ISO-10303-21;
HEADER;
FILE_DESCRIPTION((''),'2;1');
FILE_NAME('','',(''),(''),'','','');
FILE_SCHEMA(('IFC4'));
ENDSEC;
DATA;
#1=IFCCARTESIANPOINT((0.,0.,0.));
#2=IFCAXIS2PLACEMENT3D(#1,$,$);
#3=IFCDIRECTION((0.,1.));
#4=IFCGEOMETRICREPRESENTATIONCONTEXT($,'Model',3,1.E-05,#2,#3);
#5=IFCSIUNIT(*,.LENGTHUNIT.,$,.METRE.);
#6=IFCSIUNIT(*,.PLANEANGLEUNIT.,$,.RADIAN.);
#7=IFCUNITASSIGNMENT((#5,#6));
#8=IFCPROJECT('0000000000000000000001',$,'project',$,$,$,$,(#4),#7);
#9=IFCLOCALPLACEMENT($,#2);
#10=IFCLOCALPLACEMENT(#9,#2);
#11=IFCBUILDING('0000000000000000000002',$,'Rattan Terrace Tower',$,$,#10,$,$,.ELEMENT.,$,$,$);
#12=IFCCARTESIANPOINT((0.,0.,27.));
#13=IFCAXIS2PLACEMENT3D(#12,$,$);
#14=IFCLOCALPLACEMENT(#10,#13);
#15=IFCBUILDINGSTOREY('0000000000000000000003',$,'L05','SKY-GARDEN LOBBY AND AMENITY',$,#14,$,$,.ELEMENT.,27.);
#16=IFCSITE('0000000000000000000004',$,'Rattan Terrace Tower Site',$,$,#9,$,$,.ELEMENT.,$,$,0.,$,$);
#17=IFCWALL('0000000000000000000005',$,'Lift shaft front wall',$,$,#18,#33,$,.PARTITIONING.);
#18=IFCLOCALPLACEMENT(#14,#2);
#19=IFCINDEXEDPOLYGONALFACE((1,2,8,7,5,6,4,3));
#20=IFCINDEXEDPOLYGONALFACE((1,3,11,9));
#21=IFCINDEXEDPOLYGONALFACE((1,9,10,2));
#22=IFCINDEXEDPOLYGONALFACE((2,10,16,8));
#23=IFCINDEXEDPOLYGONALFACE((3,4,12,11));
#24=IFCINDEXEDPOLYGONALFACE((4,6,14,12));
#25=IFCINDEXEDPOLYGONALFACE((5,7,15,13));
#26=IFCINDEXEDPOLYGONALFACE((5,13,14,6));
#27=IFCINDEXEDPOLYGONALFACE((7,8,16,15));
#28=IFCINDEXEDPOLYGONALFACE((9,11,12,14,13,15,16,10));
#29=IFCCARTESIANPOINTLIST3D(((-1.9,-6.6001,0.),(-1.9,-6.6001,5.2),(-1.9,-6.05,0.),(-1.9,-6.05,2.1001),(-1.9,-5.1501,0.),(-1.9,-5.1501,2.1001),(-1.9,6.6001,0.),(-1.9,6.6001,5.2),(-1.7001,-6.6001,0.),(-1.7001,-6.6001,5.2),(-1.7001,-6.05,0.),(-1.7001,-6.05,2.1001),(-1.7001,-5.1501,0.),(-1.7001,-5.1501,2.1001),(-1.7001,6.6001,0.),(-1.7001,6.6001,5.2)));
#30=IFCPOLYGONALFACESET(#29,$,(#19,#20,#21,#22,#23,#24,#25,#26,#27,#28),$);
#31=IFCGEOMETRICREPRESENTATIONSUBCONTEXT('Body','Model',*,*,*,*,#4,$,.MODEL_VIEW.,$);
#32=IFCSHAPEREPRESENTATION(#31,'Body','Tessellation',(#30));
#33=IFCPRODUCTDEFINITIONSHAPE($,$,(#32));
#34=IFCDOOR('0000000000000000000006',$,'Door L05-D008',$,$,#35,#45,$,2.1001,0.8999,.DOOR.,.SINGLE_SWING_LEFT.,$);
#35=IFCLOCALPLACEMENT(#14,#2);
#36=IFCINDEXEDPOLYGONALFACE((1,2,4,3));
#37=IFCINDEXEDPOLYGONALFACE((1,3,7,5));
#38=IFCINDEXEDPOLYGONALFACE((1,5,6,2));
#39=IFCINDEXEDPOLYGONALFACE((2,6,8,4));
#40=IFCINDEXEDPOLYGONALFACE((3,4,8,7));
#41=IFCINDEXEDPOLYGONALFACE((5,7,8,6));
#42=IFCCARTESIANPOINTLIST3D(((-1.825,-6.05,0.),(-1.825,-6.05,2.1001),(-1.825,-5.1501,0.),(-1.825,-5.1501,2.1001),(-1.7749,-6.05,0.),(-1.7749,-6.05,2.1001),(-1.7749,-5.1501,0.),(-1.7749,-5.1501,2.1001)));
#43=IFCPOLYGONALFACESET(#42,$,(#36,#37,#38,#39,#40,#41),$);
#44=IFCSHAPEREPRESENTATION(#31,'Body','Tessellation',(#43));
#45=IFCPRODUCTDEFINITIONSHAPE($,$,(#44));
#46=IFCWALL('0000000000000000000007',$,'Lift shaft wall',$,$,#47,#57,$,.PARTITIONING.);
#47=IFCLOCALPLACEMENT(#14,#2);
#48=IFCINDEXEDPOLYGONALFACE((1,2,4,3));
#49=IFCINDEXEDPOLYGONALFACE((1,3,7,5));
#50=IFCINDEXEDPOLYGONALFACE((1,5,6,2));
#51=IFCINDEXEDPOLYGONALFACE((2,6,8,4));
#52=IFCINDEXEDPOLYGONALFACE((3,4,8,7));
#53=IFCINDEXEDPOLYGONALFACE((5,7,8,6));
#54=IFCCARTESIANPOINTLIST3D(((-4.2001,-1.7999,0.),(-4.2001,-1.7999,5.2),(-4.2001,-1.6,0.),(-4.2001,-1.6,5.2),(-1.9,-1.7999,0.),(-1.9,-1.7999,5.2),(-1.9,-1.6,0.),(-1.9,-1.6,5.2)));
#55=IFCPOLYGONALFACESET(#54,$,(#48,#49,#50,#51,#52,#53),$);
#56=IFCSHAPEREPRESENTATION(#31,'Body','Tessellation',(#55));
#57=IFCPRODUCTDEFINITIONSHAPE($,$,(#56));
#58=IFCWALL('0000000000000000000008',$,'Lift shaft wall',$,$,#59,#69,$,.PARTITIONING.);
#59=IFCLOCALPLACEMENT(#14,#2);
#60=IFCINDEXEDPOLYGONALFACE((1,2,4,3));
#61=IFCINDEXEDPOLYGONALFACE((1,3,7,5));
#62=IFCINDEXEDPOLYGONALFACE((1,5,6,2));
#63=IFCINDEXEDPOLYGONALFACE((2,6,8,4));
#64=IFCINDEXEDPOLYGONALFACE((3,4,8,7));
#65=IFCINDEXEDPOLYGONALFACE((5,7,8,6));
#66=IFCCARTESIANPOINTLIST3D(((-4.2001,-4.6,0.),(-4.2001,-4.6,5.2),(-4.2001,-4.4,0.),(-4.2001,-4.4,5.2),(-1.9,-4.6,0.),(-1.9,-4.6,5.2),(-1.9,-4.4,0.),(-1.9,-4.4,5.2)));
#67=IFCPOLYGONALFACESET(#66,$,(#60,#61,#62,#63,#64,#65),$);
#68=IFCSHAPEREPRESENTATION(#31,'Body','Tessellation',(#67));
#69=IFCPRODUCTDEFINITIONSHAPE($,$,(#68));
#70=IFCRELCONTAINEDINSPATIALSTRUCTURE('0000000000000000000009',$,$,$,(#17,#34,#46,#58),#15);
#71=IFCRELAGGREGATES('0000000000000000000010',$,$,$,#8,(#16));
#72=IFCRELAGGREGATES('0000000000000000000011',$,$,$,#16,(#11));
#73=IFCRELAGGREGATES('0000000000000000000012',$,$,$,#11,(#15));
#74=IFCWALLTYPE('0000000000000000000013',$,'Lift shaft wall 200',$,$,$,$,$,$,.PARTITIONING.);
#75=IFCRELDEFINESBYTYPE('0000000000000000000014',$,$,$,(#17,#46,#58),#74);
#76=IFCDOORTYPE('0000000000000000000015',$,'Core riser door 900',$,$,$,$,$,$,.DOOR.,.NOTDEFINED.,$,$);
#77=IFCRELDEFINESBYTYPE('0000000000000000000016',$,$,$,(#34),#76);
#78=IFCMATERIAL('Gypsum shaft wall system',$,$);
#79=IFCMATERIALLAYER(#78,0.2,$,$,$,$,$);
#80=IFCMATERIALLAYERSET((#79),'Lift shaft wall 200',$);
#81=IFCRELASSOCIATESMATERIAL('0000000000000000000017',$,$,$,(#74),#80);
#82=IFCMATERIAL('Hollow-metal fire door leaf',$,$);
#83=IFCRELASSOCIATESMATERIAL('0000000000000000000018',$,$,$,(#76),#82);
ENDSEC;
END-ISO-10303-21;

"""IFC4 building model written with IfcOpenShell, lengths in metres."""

from ifc_helpers import new_model, si_unit, direction, frame, frame_2d, origin, place, context, subcontext, project, spatial, rectangle, extrude, material, layer, layer_set, type_object, element, fill, save


model = new_model("IFC4")

# Units and contexts
model_context = context("Model", 3, precision=1e-05, world=origin(), true_north=direction((0.0, 1.0)))
body_context = subcontext(model_context, "Body", "Model", "MODEL_VIEW")
ifc_project = project(units=[si_unit("LENGTHUNIT", "METRE"), si_unit("PLANEANGLEUNIT", "RADIAN")], contexts=[model_context])

# Site, building, storey
site_placement = place(None, origin())
site = spatial("IfcSite", under=ifc_project, at=site_placement, Name="Rattan Terrace Tower Site", CompositionType="ELEMENT", RefElevation=0.0)
building_placement = place(site_placement, origin())
building = spatial("IfcBuilding", under=site, at=building_placement, Name="Rattan Terrace Tower", CompositionType="ELEMENT")
storey_placement = place(building_placement, frame((0.0, 0.0, 27.0)))
storey = spatial("IfcBuildingStorey", under=building, at=storey_placement, Name="L05", Description="SKY-GARDEN LOBBY AND AMENITY", CompositionType="ELEMENT", Elevation=27.0)

# Shared definitions
ifc_material_1 = material(Name="Gypsum shaft wall system")
ifc_layer_1 = layer(ifc_material_1, 0.2)
ifc_layer_set_1 = layer_set([ifc_layer_1], Name="Lift shaft wall 200")
wall_type_1 = type_object("IfcWallType", Name="Lift shaft wall 200", PredefinedType="PARTITIONING", material=ifc_layer_set_1)
ifc_material_2 = material(Name="Hollow-metal fire door leaf")
door_type_1 = type_object("IfcDoorType", Name="Core riser door 900", OperationType="NOTDEFINED", PredefinedType="DOOR", material=ifc_material_2)

# Wall, opening, door
wall_1_placement = place(storey_placement, frame((-1.8, -6.6001, 0.0), z_axis=(0.0, 0.0, 1.0), x_axis=(0.0, 1.0, 0.0)))
wall_1 = element("IfcWall", 1, at=wall_1_placement, inside=storey, type_object=wall_type_1, Name="Lift shaft front wall", PredefinedType="PARTITIONING", context=body_context, shape_type="SweptSolid", body=[
    extrude(rectangle(XDim=13.2002, YDim=0.2, at=frame_2d((6.6001, 0.0))), origin(), (0.0, 0.0, 1.0), 5.2),
])
opening_1_placement = place(wall_1_placement, frame((0.55, 0.0, 0.0)))
opening_1 = element("IfcOpeningElement", 2, at=opening_1_placement, cuts=wall_1, PredefinedType="OPENING", context=body_context, shape_type="SweptSolid", body=[
    extrude(rectangle(XDim=0.8999, YDim=2.1001, at=frame_2d((0.45, 1.05))), frame((0.0, 0.1106, 0.0), z_axis=(0.0, -1.0, 0.0), x_axis=(1.0, 0.0, 0.0)), (0.0, 0.0, 1.0), 0.2209),
])
door_1_placement = place(opening_1_placement, origin())
door_1 = element("IfcDoor", 3, at=door_1_placement, inside=storey, type_object=door_type_1, Name="Door L05-D008", OperationType="SINGLE_SWING_LEFT", OverallHeight=2.1001, OverallWidth=0.8999, PredefinedType="DOOR", context=body_context, shape_type="SweptSolid", body=[
    extrude(rectangle(XDim=0.8999, YDim=2.1001, at=frame_2d((0.45, 1.05))), frame((0.0, 0.0249, 0.0), z_axis=(0.0, -1.0, 0.0), x_axis=(1.0, 0.0, 0.0)), (0.0, 0.0, 1.0), 0.05),
])
fill(opening_1, door_1)

# Walls
for number, where, z_axis, x_axis, name in (
    (4, (-4.2, -1.7, 0.0), (0.0, 0.0, 1.0), (1.0, 0.0, 0.0), "Lift shaft wall"),
    (5, (-4.2, -4.5, 0.0), (0.0, 0.0, 1.0), (1.0, 0.0, 0.0), "Lift shaft wall"),
):
    element("IfcWall", number, at=place(storey_placement, frame(where, z_axis=z_axis, x_axis=x_axis)), inside=storey, type_object=wall_type_1, Name=name, PredefinedType="PARTITIONING", context=body_context, shape_type="SweptSolid", body=[
        extrude(rectangle(XDim=2.3, YDim=0.2, at=frame_2d((1.1499, 0.0))), origin(), (0.0, 0.0, 1.0), 5.2),
    ])

save(model, "model.ifc")
